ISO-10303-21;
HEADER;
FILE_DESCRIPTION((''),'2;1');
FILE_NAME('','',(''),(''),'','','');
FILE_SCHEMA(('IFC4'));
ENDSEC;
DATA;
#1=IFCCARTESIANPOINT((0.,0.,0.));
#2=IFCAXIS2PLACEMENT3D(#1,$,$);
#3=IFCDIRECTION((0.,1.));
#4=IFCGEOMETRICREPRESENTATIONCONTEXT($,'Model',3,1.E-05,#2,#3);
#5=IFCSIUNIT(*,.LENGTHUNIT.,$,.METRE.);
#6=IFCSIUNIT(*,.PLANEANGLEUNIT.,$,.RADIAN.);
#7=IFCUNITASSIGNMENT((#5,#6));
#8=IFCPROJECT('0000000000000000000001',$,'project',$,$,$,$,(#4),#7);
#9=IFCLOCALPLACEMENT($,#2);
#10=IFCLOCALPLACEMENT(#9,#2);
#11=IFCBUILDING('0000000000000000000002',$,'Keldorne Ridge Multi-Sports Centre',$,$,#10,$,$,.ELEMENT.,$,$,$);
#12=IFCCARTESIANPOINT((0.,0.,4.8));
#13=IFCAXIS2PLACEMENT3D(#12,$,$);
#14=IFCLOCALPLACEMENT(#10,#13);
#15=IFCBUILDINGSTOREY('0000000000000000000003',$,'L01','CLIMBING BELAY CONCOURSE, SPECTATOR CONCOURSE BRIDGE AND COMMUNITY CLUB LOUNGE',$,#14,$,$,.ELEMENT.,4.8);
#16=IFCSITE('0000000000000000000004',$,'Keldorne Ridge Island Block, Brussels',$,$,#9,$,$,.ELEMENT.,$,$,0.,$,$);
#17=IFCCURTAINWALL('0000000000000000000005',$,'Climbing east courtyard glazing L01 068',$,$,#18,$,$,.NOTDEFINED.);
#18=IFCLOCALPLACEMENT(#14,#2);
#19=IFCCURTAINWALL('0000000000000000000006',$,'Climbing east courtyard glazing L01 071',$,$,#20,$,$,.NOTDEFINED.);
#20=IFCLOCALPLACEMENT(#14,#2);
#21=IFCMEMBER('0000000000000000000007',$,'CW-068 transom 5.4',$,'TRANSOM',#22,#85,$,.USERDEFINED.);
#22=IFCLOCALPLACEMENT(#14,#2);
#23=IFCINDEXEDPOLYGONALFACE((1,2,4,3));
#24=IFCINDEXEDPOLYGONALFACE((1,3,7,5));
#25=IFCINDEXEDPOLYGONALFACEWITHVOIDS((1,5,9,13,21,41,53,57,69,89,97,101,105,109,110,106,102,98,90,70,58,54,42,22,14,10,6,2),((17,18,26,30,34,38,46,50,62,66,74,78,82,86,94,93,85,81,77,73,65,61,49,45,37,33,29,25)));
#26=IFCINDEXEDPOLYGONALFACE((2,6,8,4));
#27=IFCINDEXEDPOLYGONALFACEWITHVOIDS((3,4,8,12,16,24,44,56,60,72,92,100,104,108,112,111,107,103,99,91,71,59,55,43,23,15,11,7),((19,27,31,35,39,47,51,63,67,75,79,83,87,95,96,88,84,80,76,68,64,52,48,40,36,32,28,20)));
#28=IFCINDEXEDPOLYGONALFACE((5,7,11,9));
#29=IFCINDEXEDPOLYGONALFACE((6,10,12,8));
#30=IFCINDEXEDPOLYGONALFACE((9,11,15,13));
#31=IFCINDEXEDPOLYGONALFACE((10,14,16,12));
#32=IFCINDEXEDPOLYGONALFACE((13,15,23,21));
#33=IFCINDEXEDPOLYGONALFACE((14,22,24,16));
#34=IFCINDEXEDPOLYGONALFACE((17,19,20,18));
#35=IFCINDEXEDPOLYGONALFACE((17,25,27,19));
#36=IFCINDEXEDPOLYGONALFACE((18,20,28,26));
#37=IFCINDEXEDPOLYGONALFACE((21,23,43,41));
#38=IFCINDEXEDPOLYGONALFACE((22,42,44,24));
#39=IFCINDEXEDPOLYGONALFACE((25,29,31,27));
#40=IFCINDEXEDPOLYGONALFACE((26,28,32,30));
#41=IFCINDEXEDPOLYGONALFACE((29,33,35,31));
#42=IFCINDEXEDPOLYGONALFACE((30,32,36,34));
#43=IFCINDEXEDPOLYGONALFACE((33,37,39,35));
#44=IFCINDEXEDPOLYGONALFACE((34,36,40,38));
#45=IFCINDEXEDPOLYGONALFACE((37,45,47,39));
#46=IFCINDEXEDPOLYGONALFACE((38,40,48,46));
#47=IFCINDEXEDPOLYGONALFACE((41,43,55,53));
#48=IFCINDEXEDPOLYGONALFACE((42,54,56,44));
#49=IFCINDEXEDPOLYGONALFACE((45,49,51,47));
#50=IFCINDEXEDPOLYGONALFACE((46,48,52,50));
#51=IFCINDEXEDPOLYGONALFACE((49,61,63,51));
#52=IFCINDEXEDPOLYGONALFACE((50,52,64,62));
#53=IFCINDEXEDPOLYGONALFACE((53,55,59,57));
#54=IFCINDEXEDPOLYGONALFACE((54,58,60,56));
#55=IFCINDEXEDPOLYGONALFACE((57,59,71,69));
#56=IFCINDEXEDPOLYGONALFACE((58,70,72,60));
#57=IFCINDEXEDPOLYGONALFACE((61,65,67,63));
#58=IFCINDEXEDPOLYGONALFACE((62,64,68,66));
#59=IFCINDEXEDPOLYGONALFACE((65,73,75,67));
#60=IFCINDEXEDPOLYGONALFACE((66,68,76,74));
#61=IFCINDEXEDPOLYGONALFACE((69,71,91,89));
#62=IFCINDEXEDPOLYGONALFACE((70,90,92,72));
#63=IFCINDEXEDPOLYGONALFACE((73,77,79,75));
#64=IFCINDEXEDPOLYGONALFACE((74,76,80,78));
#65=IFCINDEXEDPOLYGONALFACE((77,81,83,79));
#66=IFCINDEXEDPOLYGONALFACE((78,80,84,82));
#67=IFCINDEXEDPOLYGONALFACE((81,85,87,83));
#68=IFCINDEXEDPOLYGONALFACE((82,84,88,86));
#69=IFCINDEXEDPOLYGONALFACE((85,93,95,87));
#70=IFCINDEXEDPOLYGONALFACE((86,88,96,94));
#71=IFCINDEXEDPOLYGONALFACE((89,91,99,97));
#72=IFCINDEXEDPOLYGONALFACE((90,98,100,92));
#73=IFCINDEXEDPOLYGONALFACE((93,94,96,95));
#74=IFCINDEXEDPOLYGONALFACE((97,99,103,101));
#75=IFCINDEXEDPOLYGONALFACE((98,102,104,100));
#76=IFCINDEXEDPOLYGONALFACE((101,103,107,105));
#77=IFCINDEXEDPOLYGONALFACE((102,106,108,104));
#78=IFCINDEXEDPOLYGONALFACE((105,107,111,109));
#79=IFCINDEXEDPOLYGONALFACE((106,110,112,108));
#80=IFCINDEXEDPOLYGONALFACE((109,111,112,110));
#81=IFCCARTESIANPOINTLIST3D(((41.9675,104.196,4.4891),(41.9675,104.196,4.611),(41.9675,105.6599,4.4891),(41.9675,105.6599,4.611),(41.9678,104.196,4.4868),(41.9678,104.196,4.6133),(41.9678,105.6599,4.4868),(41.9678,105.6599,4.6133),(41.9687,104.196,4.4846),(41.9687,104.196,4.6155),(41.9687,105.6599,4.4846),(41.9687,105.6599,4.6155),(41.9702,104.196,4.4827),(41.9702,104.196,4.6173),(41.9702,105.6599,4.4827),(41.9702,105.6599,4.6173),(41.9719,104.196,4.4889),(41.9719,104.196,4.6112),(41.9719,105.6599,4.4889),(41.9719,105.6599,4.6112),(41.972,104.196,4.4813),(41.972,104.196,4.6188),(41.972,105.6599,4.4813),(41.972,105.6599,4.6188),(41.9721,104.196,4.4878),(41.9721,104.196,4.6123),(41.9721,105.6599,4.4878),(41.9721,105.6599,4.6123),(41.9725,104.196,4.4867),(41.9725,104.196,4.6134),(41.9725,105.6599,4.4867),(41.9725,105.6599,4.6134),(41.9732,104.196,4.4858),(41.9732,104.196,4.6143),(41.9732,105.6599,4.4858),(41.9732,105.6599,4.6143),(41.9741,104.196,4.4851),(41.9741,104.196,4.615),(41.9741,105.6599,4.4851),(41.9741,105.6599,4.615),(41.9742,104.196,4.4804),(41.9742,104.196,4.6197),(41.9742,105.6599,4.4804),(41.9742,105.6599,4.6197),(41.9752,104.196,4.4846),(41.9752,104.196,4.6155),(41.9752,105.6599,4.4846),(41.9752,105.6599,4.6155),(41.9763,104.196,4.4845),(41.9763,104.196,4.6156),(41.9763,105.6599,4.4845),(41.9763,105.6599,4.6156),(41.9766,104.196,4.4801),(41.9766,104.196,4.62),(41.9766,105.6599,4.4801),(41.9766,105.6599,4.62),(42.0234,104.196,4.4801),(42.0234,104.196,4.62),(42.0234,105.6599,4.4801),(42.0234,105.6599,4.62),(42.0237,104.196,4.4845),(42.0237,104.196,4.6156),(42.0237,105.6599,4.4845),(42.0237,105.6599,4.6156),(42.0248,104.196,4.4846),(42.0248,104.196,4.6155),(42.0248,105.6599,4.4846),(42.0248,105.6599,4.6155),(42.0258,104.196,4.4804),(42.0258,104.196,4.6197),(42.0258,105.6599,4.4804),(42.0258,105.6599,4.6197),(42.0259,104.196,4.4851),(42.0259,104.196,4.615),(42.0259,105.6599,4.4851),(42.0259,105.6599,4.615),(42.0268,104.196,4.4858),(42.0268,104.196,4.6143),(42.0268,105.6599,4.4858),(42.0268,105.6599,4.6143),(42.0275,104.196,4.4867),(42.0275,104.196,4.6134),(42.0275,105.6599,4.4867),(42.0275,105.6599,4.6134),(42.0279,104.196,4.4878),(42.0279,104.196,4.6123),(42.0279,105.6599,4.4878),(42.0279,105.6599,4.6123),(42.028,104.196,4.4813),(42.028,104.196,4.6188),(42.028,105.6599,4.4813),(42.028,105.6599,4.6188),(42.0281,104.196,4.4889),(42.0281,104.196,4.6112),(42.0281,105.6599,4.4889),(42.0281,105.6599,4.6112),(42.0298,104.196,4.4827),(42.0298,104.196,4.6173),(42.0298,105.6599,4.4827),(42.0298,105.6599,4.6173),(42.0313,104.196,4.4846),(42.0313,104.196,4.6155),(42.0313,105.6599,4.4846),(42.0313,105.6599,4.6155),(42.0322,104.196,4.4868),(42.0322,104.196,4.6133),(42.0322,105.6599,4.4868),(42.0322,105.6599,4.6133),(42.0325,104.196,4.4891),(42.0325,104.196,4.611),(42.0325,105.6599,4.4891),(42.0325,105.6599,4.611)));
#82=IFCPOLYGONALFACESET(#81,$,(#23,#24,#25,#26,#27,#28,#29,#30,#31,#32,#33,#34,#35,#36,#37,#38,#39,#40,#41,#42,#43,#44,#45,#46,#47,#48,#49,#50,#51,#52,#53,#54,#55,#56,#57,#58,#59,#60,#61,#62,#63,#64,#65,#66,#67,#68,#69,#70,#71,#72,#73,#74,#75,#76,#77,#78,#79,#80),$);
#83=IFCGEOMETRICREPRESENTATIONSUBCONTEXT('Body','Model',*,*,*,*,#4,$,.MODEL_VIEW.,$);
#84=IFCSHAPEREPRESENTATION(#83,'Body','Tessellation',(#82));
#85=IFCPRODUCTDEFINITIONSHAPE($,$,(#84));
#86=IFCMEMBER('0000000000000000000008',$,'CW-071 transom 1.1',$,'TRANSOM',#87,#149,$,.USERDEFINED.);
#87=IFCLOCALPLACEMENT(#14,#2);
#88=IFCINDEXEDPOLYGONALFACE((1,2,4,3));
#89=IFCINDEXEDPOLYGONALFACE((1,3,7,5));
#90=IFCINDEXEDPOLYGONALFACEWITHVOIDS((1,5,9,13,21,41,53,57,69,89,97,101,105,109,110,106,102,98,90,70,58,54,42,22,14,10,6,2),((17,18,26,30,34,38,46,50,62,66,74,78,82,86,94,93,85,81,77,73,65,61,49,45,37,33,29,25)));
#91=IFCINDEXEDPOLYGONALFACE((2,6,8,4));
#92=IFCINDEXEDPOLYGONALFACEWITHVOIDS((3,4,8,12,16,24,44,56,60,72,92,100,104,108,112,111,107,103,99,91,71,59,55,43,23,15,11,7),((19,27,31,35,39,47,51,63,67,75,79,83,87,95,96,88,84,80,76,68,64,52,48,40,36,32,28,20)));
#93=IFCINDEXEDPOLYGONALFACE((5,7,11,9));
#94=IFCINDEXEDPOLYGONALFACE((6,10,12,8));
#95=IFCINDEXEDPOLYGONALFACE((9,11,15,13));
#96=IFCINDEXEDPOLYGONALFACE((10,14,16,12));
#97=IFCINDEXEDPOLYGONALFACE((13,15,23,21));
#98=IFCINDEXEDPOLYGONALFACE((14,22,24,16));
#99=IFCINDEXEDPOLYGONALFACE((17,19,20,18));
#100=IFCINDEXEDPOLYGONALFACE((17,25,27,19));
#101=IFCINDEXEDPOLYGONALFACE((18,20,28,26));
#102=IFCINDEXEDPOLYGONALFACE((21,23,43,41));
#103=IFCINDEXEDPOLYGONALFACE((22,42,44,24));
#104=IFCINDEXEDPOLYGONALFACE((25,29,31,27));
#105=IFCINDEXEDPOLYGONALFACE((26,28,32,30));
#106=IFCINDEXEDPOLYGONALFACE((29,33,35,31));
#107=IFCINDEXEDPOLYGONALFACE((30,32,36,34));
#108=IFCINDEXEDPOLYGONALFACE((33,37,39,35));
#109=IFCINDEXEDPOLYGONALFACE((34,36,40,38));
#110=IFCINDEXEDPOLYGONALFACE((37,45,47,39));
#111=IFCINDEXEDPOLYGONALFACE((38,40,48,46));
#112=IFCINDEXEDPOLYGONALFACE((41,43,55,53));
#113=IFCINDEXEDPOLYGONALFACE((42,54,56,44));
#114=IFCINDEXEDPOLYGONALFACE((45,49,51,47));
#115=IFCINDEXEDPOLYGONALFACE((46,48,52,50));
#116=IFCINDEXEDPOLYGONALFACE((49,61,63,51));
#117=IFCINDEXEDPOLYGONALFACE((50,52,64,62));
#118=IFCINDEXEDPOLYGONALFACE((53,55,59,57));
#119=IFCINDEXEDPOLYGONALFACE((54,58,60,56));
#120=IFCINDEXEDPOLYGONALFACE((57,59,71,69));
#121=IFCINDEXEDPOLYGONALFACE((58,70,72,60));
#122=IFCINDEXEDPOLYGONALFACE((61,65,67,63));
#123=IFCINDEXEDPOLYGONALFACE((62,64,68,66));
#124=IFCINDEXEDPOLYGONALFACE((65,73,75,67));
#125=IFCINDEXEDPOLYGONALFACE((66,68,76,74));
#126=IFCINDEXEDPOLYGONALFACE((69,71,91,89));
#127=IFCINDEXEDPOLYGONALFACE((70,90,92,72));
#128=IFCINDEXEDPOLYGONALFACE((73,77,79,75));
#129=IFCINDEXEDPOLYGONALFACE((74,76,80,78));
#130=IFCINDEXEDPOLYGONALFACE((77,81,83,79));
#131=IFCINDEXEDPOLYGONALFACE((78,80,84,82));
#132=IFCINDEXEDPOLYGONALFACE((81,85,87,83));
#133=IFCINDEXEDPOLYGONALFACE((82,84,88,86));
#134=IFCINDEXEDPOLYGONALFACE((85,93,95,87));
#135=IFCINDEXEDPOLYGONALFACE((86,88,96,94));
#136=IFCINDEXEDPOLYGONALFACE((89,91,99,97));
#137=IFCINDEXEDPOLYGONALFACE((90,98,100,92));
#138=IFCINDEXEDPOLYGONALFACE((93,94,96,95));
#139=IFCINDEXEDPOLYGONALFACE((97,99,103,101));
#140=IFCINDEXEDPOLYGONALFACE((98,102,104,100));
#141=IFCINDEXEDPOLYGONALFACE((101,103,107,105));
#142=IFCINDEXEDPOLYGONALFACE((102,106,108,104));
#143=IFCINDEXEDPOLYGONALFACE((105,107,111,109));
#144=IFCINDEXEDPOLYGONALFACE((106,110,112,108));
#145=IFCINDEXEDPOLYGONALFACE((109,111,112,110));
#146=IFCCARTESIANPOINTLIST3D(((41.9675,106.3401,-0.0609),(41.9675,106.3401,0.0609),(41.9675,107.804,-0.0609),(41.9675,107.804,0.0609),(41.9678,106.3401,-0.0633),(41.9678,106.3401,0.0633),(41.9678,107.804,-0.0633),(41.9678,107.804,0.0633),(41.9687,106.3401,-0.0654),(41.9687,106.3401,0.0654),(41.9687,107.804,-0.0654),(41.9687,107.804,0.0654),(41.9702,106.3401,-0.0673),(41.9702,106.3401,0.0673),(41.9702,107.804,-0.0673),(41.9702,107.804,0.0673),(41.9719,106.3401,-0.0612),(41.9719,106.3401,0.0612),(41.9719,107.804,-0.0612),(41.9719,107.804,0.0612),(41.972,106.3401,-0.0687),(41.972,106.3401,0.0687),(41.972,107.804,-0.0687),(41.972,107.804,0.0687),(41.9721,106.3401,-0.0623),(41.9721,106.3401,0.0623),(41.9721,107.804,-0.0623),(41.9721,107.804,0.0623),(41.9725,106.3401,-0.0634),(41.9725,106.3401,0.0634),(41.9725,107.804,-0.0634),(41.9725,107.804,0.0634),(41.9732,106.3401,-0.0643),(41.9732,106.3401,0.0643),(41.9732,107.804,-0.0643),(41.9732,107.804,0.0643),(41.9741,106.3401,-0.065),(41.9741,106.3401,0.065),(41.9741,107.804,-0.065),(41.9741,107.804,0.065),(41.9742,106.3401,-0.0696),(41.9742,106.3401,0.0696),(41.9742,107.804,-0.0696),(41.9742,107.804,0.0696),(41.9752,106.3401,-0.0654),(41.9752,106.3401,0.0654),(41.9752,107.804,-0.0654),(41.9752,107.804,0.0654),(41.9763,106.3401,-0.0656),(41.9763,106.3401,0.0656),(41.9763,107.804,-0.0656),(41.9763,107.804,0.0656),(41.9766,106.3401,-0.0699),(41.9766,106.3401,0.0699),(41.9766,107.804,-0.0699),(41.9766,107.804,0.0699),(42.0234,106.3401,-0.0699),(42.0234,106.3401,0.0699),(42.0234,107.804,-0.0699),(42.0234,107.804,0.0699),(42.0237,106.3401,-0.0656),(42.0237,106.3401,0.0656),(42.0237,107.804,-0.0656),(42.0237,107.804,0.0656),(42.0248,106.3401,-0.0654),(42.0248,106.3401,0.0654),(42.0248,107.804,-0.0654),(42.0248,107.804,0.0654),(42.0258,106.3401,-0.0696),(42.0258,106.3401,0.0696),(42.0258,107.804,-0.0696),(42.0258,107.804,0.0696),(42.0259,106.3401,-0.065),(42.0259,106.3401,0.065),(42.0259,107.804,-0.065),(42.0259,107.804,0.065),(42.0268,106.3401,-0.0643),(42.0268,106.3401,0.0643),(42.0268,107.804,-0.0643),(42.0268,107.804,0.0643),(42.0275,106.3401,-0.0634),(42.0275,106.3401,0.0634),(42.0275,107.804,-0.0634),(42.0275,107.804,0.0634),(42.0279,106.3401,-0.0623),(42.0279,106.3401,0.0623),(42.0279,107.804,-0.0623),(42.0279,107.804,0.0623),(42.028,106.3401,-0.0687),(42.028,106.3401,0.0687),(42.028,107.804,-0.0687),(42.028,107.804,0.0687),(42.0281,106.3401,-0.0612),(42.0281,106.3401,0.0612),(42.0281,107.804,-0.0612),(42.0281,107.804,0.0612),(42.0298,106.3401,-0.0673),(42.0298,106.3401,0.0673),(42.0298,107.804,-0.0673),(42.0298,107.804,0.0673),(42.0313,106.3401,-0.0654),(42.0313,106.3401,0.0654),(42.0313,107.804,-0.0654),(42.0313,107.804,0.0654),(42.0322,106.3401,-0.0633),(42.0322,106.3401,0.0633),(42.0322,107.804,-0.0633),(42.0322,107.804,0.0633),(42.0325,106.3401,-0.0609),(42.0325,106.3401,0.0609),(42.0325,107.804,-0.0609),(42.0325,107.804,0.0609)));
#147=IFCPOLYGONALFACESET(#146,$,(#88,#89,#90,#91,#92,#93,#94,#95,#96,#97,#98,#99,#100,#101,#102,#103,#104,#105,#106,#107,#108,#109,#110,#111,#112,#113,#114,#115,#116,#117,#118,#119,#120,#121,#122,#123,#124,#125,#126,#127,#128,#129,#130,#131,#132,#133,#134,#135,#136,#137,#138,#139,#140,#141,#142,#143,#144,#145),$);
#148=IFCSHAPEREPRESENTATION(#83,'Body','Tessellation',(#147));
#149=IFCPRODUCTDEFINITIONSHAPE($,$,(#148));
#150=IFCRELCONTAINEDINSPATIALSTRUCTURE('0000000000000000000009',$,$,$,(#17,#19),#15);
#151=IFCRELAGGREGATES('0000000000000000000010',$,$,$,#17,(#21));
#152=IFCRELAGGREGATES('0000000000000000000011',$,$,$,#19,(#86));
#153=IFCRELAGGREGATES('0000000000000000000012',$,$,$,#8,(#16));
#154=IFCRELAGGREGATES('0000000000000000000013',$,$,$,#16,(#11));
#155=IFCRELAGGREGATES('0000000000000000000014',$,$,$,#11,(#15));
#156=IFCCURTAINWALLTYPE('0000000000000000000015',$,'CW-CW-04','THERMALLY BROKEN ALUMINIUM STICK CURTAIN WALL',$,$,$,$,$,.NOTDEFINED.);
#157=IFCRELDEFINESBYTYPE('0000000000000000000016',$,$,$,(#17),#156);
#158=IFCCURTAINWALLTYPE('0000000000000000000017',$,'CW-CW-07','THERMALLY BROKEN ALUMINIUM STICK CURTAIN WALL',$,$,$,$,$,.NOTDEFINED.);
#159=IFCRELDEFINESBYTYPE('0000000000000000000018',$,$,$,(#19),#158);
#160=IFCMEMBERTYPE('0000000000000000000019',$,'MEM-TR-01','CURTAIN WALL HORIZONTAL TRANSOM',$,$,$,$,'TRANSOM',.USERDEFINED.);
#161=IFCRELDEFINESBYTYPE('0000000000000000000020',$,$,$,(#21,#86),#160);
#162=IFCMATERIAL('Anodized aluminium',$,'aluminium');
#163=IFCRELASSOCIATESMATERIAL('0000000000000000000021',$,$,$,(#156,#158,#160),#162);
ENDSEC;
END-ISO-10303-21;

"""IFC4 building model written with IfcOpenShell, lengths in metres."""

from ifc_helpers import new_model, si_unit, direction, frame, origin, origin_2d, place, context, subcontext, project, spatial, hollow_rectangle, extrude, material, material_profile, profile_set, type_object, element, aggregate, save


model = new_model("IFC4")

# Units and contexts
model_context = context("Model", 3, precision=1e-05, world=origin(), true_north=direction((0.0, 1.0)))
body_context = subcontext(model_context, "Body", "Model", "MODEL_VIEW")
ifc_project = project(units=[si_unit("LENGTHUNIT", "METRE"), si_unit("PLANEANGLEUNIT", "RADIAN")], contexts=[model_context])

# Site, building, storey
site_placement = place(None, origin())
site = spatial("IfcSite", under=ifc_project, at=site_placement, Name="Keldorne Ridge Island Block, Brussels", CompositionType="ELEMENT", RefElevation=0.0)
building_placement = place(site_placement, origin())
building = spatial("IfcBuilding", under=site, at=building_placement, Name="Keldorne Ridge Multi-Sports Centre", CompositionType="ELEMENT")
storey_placement = place(building_placement, frame((0.0, 0.0, 4.8)))
storey = spatial("IfcBuildingStorey", under=building, at=storey_placement, Name="L01", Description="CLIMBING BELAY CONCOURSE, SPECTATOR CONCOURSE BRIDGE AND COMMUNITY CLUB LOUNGE", CompositionType="ELEMENT", Elevation=4.8)

# Curtain walls
ifc_material_1 = material(Name="Anodized aluminium", Category="aluminium")
curtain_wall_type_1 = type_object("IfcCurtainWallType", Name="CW-CW-04", Description="THERMALLY BROKEN ALUMINIUM STICK CURTAIN WALL", PredefinedType="NOTDEFINED", material=ifc_material_1)
curtain_wall_1_placement = place(storey_placement, origin())
curtain_wall_1 = element("IfcCurtainWall", 1, at=curtain_wall_1_placement, inside=storey, type_object=curtain_wall_type_1, Name="Climbing east courtyard glazing L01 068", PredefinedType="NOTDEFINED")
curtain_wall_type_2 = type_object("IfcCurtainWallType", Name="CW-CW-07", Description="THERMALLY BROKEN ALUMINIUM STICK CURTAIN WALL", PredefinedType="NOTDEFINED", material=ifc_material_1)
curtain_wall_2_placement = place(storey_placement, origin())
curtain_wall_2 = element("IfcCurtainWall", 2, at=curtain_wall_2_placement, inside=storey, type_object=curtain_wall_type_2, Name="Climbing east courtyard glazing L01 071", PredefinedType="NOTDEFINED")

# Members
ifc_material_profile_1 = material_profile(ifc_material_1, hollow_rectangle(XDim=0.0649, YDim=0.1399, WallThickness=0.0044, InnerFilletRadius=0.0044, OuterFilletRadius=0.009, at=origin_2d()), Name="ALU TRANSOM 140x65x4.5")
ifc_profile_set_1 = profile_set([ifc_material_profile_1], Name="Anodized aluminium")
member_type_1 = type_object("IfcMemberType", Name="MEM-TR-01", Description="CURTAIN WALL HORIZONTAL TRANSOM", ElementType="TRANSOM", PredefinedType="USERDEFINED", material=ifc_profile_set_1)
member_1_placement = place(storey_placement, frame((42.0, 104.196, 4.55), z_axis=(0.0, 1.0, 0.0), x_axis=(-1.0, 0.0, 0.0)))
member_1 = element("IfcMember", 3, at=member_1_placement, type_object=member_type_1, Name="CW-068 transom 5.4", ObjectType="TRANSOM", PredefinedType="USERDEFINED", context=body_context, shape_type="SweptSolid", body=[
    extrude(hollow_rectangle(XDim=0.0649, YDim=0.1399, WallThickness=0.0044, InnerFilletRadius=0.0044, OuterFilletRadius=0.009, at=origin_2d()), origin(), (0.0, 0.0, 1.0), 1.4639),
])
member_2_placement = place(storey_placement, frame((42.0, 106.3401, 0.0), z_axis=(0.0, 1.0, 0.0), x_axis=(-1.0, 0.0, 0.0)))
member_2 = element("IfcMember", 4, at=member_2_placement, type_object=member_type_1, Name="CW-071 transom 1.1", ObjectType="TRANSOM", PredefinedType="USERDEFINED", context=body_context, shape_type="SweptSolid", body=[
    extrude(hollow_rectangle(XDim=0.0649, YDim=0.1399, WallThickness=0.0044, InnerFilletRadius=0.0044, OuterFilletRadius=0.009, at=origin_2d()), origin(), (0.0, 0.0, 1.0), 1.4639),
])

aggregate(curtain_wall_1, [member_1])
aggregate(curtain_wall_2, [member_2])

save(model, "model.ifc")
